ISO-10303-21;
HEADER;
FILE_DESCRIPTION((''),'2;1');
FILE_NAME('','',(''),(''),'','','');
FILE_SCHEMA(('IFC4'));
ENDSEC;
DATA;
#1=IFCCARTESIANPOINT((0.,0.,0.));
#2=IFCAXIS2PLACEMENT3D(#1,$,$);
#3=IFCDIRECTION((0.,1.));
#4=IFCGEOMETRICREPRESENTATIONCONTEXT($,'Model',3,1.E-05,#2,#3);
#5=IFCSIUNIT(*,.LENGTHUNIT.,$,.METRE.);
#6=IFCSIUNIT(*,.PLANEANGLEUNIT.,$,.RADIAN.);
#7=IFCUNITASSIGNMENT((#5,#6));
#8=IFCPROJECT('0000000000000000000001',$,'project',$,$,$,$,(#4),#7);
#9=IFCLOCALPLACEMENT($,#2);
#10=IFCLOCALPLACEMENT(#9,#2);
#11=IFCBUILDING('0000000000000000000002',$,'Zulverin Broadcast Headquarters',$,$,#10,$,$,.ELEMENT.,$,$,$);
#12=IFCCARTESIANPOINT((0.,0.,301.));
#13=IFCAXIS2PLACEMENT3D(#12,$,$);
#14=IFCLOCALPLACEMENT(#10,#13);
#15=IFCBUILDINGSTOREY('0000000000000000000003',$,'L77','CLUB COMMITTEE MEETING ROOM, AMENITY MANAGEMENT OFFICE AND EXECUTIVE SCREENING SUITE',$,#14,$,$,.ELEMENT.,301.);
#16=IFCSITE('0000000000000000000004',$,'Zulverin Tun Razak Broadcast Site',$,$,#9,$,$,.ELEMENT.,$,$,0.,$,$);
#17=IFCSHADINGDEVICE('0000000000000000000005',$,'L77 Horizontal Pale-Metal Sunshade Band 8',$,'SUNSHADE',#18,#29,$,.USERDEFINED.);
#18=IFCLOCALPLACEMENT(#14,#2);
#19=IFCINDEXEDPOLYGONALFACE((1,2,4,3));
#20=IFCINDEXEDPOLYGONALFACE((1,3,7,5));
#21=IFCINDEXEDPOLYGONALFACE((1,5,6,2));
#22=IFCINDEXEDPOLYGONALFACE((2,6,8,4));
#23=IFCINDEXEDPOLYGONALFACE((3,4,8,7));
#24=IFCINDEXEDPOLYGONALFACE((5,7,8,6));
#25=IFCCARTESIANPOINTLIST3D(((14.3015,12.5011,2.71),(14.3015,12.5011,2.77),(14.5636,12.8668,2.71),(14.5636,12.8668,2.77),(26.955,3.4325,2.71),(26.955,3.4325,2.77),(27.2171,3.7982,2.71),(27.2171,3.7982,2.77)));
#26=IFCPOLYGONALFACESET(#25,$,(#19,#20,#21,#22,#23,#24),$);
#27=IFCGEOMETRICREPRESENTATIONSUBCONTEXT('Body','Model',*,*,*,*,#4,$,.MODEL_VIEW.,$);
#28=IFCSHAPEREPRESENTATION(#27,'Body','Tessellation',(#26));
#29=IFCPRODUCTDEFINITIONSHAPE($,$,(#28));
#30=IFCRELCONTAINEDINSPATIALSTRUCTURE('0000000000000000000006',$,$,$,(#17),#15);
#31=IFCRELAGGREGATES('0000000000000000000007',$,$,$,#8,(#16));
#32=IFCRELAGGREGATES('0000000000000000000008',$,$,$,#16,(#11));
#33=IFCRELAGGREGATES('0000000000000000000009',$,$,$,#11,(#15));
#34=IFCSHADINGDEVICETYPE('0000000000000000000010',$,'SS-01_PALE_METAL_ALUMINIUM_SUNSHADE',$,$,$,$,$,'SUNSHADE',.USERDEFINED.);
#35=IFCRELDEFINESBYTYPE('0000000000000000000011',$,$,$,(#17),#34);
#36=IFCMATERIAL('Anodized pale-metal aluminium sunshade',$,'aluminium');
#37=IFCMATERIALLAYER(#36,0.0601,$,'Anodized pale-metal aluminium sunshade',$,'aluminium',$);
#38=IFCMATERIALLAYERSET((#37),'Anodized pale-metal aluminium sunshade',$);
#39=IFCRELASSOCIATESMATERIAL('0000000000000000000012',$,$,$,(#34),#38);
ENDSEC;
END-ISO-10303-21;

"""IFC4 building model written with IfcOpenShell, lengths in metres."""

from ifc_helpers import new_model, si_unit, direction, frame, origin, origin_2d, place, context, subcontext, project, spatial, rectangle, extrude, material, layer, layer_set, type_object, element, save


model = new_model("IFC4")

# Units and contexts
model_context = context("Model", 3, precision=1e-05, world=origin(), true_north=direction((0.0, 1.0)))
body_context = subcontext(model_context, "Body", "Model", "MODEL_VIEW")
ifc_project = project(units=[si_unit("LENGTHUNIT", "METRE"), si_unit("PLANEANGLEUNIT", "RADIAN")], contexts=[model_context])

# Site, building, storey
site_placement = place(None, origin())
site = spatial("IfcSite", under=ifc_project, at=site_placement, Name="Zulverin Tun Razak Broadcast Site", CompositionType="ELEMENT", RefElevation=0.0)
building_placement = place(site_placement, origin())
building = spatial("IfcBuilding", under=site, at=building_placement, Name="Zulverin Broadcast Headquarters", CompositionType="ELEMENT")
storey_placement = place(building_placement, frame((0.0, 0.0, 301.0)))
storey = spatial("IfcBuildingStorey", under=building, at=storey_placement, Name="L77", Description="CLUB COMMITTEE MEETING ROOM, AMENITY MANAGEMENT OFFICE AND EXECUTIVE SCREENING SUITE", CompositionType="ELEMENT", Elevation=301.0)

# Shading device
ifc_material_1 = material(Name="Anodized pale-metal aluminium sunshade", Category="aluminium")
ifc_layer_1 = layer(ifc_material_1, 0.0601, Name="Anodized pale-metal aluminium sunshade", Category="aluminium")
ifc_layer_set_1 = layer_set([ifc_layer_1], Name="Anodized pale-metal aluminium sunshade")
shading_device_type = type_object("IfcShadingDeviceType", Name="SS-01_PALE_METAL_ALUMINIUM_SUNSHADE", ElementType="SUNSHADE", PredefinedType="USERDEFINED", material=ifc_layer_set_1)
shading_device_placement = place(storey_placement, frame((20.7593, 8.1497, 2.71), z_axis=(0.0, 0.0, 1.0), x_axis=(0.812809, -0.58253, 0.0)))
element("IfcShadingDevice", 1, at=shading_device_placement, inside=storey, type_object=shading_device_type, Name="L77 Horizontal Pale-Metal Sunshade Band 8", ObjectType="SUNSHADE", PredefinedType="USERDEFINED", context=body_context, shape_type="SweptSolid", body=[
    extrude(rectangle(XDim=15.5676, YDim=0.45, at=origin_2d()), origin(), (0.0, 0.0, 1.0), 0.0601),
])

save(model, "model.ifc")
